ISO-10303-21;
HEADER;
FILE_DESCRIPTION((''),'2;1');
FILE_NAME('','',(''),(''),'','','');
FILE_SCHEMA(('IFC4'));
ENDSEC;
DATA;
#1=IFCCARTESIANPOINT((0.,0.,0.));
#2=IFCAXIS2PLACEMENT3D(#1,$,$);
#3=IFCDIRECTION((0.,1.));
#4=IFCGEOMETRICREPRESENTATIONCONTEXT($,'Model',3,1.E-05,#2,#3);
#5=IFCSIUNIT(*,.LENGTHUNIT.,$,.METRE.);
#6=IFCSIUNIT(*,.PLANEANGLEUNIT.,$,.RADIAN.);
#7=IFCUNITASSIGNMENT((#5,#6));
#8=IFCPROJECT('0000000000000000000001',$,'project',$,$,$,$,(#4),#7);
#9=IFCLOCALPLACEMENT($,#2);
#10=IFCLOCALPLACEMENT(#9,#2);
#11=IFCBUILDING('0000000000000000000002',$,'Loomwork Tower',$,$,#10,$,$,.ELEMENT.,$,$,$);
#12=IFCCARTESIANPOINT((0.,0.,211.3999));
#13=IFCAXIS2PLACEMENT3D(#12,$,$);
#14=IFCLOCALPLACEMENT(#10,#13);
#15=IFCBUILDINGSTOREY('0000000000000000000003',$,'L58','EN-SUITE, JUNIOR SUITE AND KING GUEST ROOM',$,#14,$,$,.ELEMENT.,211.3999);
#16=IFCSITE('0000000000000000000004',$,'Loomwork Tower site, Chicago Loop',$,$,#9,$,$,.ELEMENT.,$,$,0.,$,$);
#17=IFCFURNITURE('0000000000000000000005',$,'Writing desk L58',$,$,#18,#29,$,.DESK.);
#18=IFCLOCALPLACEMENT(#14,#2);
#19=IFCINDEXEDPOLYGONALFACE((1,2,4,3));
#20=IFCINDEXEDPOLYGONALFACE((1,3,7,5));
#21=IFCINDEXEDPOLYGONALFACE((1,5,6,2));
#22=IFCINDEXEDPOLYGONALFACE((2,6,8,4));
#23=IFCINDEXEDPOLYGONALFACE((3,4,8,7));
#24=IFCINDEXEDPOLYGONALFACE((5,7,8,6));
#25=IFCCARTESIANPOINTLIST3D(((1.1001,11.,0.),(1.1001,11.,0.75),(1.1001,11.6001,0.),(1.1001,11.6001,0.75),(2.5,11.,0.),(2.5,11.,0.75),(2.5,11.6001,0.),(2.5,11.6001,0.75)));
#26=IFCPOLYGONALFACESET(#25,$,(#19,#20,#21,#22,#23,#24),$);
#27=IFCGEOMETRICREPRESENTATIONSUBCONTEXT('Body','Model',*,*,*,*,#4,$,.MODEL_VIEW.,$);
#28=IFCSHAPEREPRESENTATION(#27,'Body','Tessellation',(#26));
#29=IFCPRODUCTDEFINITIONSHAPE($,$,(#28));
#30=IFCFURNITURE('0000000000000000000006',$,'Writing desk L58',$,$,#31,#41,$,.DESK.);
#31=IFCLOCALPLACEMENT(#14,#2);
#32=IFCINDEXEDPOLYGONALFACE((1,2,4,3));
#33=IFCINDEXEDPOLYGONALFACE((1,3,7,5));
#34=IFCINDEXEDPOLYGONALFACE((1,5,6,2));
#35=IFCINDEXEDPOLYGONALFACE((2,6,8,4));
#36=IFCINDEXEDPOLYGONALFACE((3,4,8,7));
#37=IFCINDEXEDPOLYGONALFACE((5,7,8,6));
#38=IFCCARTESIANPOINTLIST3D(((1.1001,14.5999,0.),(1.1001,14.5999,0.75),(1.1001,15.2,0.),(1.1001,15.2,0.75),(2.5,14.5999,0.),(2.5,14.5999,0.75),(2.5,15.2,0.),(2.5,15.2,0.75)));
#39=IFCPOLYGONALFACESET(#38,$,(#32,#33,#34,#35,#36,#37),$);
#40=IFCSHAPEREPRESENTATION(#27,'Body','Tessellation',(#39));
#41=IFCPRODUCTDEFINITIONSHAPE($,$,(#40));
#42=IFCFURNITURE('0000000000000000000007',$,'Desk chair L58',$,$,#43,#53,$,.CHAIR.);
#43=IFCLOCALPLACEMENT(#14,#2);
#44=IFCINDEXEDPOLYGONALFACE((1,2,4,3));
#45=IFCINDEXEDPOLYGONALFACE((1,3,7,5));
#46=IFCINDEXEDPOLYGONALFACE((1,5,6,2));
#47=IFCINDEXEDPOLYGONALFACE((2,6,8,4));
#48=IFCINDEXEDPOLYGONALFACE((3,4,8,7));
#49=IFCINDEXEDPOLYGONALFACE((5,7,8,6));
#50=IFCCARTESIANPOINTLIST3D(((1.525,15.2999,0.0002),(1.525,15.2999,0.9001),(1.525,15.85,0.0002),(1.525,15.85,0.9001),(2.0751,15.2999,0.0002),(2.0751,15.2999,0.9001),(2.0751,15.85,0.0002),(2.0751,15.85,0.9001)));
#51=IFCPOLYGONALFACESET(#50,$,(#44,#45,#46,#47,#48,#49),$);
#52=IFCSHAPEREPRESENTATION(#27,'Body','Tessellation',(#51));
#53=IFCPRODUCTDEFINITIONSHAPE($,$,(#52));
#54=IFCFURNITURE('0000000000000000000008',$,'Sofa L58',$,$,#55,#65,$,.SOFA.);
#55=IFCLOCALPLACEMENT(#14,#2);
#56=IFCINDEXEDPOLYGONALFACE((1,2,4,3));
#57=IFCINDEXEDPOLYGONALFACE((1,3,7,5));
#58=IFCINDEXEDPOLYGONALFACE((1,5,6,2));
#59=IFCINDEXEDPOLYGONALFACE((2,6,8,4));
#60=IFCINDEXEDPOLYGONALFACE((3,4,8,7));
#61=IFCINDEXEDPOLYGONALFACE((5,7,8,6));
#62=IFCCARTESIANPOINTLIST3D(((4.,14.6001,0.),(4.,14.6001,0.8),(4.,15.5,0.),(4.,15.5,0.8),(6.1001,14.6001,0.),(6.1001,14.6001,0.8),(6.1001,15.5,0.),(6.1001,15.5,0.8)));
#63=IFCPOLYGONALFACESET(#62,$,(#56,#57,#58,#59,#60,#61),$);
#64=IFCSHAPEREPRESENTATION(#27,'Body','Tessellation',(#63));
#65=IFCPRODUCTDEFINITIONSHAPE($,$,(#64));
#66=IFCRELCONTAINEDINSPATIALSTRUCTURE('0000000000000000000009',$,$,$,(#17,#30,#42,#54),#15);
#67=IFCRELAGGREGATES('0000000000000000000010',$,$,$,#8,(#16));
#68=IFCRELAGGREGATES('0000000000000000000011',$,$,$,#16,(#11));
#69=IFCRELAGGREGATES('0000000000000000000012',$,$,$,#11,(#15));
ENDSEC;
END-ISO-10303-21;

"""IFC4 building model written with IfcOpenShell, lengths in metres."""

from ifc_helpers import new_model, si_unit, direction, frame, origin, origin_2d, place, context, subcontext, project, spatial, rectangle, extrude, element, save


model = new_model("IFC4")

# Units and contexts
model_context = context("Model", 3, precision=1e-05, world=origin(), true_north=direction((0.0, 1.0)))
body_context = subcontext(model_context, "Body", "Model", "MODEL_VIEW")
ifc_project = project(units=[si_unit("LENGTHUNIT", "METRE"), si_unit("PLANEANGLEUNIT", "RADIAN")], contexts=[model_context])

# Site, building, storey
site_placement = place(None, origin())
site = spatial("IfcSite", under=ifc_project, at=site_placement, Name="Loomwork Tower site, Chicago Loop", CompositionType="ELEMENT", RefElevation=0.0)
building_placement = place(site_placement, origin())
building = spatial("IfcBuilding", under=site, at=building_placement, Name="Loomwork Tower", CompositionType="ELEMENT")
storey_placement = place(building_placement, frame((0.0, 0.0, 211.3999)))
storey = spatial("IfcBuildingStorey", under=building, at=storey_placement, Name="L58", Description="EN-SUITE, JUNIOR SUITE AND KING GUEST ROOM", CompositionType="ELEMENT", Elevation=211.3999)

# Furniture
for number, where, z_axis, x_axis, name in (
    (1, (1.8, 11.3, 0.0), (0.0, 0.0, 1.0), (1.0, 0.0, 0.0), "Writing desk L58"),
    (2, (1.8, 14.8999, 0.0), (0.0, 0.0, 1.0), (1.0, 0.0, 0.0), "Writing desk L58"),
):
    element("IfcFurniture", number, at=place(storey_placement, frame(where, z_axis=z_axis, x_axis=x_axis)), inside=storey, Name=name, PredefinedType="DESK", context=body_context, shape_type="SweptSolid", body=[
        extrude(rectangle(XDim=1.3999, YDim=0.6001, at=origin_2d()), origin(), (0.0, 0.0, 1.0), 0.75),
    ])
furniture_1_placement = place(storey_placement, frame((1.8, 15.575, 0.0002), z_axis=(0.0, 0.0, 1.0), x_axis=(1.0, 0.0, 0.0)))
element("IfcFurniture", 3, at=furniture_1_placement, inside=storey, Name="Desk chair L58", PredefinedType="CHAIR", context=body_context, shape_type="SweptSolid", body=[
    extrude(rectangle(XDim=0.55, YDim=0.55, at=origin_2d()), origin(), (0.0, 0.0, 1.0), 0.8999),
])
furniture_2_placement = place(storey_placement, frame((5.05, 15.05, 0.0), z_axis=(0.0, 0.0, 1.0), x_axis=(1.0, 0.0, 0.0)))
element("IfcFurniture", 4, at=furniture_2_placement, inside=storey, Name="Sofa L58", PredefinedType="SOFA", context=body_context, shape_type="SweptSolid", body=[
    extrude(rectangle(XDim=2.1001, YDim=0.8999, at=origin_2d()), origin(), (0.0, 0.0, 1.0), 0.8),
])

save(model, "model.ifc")
